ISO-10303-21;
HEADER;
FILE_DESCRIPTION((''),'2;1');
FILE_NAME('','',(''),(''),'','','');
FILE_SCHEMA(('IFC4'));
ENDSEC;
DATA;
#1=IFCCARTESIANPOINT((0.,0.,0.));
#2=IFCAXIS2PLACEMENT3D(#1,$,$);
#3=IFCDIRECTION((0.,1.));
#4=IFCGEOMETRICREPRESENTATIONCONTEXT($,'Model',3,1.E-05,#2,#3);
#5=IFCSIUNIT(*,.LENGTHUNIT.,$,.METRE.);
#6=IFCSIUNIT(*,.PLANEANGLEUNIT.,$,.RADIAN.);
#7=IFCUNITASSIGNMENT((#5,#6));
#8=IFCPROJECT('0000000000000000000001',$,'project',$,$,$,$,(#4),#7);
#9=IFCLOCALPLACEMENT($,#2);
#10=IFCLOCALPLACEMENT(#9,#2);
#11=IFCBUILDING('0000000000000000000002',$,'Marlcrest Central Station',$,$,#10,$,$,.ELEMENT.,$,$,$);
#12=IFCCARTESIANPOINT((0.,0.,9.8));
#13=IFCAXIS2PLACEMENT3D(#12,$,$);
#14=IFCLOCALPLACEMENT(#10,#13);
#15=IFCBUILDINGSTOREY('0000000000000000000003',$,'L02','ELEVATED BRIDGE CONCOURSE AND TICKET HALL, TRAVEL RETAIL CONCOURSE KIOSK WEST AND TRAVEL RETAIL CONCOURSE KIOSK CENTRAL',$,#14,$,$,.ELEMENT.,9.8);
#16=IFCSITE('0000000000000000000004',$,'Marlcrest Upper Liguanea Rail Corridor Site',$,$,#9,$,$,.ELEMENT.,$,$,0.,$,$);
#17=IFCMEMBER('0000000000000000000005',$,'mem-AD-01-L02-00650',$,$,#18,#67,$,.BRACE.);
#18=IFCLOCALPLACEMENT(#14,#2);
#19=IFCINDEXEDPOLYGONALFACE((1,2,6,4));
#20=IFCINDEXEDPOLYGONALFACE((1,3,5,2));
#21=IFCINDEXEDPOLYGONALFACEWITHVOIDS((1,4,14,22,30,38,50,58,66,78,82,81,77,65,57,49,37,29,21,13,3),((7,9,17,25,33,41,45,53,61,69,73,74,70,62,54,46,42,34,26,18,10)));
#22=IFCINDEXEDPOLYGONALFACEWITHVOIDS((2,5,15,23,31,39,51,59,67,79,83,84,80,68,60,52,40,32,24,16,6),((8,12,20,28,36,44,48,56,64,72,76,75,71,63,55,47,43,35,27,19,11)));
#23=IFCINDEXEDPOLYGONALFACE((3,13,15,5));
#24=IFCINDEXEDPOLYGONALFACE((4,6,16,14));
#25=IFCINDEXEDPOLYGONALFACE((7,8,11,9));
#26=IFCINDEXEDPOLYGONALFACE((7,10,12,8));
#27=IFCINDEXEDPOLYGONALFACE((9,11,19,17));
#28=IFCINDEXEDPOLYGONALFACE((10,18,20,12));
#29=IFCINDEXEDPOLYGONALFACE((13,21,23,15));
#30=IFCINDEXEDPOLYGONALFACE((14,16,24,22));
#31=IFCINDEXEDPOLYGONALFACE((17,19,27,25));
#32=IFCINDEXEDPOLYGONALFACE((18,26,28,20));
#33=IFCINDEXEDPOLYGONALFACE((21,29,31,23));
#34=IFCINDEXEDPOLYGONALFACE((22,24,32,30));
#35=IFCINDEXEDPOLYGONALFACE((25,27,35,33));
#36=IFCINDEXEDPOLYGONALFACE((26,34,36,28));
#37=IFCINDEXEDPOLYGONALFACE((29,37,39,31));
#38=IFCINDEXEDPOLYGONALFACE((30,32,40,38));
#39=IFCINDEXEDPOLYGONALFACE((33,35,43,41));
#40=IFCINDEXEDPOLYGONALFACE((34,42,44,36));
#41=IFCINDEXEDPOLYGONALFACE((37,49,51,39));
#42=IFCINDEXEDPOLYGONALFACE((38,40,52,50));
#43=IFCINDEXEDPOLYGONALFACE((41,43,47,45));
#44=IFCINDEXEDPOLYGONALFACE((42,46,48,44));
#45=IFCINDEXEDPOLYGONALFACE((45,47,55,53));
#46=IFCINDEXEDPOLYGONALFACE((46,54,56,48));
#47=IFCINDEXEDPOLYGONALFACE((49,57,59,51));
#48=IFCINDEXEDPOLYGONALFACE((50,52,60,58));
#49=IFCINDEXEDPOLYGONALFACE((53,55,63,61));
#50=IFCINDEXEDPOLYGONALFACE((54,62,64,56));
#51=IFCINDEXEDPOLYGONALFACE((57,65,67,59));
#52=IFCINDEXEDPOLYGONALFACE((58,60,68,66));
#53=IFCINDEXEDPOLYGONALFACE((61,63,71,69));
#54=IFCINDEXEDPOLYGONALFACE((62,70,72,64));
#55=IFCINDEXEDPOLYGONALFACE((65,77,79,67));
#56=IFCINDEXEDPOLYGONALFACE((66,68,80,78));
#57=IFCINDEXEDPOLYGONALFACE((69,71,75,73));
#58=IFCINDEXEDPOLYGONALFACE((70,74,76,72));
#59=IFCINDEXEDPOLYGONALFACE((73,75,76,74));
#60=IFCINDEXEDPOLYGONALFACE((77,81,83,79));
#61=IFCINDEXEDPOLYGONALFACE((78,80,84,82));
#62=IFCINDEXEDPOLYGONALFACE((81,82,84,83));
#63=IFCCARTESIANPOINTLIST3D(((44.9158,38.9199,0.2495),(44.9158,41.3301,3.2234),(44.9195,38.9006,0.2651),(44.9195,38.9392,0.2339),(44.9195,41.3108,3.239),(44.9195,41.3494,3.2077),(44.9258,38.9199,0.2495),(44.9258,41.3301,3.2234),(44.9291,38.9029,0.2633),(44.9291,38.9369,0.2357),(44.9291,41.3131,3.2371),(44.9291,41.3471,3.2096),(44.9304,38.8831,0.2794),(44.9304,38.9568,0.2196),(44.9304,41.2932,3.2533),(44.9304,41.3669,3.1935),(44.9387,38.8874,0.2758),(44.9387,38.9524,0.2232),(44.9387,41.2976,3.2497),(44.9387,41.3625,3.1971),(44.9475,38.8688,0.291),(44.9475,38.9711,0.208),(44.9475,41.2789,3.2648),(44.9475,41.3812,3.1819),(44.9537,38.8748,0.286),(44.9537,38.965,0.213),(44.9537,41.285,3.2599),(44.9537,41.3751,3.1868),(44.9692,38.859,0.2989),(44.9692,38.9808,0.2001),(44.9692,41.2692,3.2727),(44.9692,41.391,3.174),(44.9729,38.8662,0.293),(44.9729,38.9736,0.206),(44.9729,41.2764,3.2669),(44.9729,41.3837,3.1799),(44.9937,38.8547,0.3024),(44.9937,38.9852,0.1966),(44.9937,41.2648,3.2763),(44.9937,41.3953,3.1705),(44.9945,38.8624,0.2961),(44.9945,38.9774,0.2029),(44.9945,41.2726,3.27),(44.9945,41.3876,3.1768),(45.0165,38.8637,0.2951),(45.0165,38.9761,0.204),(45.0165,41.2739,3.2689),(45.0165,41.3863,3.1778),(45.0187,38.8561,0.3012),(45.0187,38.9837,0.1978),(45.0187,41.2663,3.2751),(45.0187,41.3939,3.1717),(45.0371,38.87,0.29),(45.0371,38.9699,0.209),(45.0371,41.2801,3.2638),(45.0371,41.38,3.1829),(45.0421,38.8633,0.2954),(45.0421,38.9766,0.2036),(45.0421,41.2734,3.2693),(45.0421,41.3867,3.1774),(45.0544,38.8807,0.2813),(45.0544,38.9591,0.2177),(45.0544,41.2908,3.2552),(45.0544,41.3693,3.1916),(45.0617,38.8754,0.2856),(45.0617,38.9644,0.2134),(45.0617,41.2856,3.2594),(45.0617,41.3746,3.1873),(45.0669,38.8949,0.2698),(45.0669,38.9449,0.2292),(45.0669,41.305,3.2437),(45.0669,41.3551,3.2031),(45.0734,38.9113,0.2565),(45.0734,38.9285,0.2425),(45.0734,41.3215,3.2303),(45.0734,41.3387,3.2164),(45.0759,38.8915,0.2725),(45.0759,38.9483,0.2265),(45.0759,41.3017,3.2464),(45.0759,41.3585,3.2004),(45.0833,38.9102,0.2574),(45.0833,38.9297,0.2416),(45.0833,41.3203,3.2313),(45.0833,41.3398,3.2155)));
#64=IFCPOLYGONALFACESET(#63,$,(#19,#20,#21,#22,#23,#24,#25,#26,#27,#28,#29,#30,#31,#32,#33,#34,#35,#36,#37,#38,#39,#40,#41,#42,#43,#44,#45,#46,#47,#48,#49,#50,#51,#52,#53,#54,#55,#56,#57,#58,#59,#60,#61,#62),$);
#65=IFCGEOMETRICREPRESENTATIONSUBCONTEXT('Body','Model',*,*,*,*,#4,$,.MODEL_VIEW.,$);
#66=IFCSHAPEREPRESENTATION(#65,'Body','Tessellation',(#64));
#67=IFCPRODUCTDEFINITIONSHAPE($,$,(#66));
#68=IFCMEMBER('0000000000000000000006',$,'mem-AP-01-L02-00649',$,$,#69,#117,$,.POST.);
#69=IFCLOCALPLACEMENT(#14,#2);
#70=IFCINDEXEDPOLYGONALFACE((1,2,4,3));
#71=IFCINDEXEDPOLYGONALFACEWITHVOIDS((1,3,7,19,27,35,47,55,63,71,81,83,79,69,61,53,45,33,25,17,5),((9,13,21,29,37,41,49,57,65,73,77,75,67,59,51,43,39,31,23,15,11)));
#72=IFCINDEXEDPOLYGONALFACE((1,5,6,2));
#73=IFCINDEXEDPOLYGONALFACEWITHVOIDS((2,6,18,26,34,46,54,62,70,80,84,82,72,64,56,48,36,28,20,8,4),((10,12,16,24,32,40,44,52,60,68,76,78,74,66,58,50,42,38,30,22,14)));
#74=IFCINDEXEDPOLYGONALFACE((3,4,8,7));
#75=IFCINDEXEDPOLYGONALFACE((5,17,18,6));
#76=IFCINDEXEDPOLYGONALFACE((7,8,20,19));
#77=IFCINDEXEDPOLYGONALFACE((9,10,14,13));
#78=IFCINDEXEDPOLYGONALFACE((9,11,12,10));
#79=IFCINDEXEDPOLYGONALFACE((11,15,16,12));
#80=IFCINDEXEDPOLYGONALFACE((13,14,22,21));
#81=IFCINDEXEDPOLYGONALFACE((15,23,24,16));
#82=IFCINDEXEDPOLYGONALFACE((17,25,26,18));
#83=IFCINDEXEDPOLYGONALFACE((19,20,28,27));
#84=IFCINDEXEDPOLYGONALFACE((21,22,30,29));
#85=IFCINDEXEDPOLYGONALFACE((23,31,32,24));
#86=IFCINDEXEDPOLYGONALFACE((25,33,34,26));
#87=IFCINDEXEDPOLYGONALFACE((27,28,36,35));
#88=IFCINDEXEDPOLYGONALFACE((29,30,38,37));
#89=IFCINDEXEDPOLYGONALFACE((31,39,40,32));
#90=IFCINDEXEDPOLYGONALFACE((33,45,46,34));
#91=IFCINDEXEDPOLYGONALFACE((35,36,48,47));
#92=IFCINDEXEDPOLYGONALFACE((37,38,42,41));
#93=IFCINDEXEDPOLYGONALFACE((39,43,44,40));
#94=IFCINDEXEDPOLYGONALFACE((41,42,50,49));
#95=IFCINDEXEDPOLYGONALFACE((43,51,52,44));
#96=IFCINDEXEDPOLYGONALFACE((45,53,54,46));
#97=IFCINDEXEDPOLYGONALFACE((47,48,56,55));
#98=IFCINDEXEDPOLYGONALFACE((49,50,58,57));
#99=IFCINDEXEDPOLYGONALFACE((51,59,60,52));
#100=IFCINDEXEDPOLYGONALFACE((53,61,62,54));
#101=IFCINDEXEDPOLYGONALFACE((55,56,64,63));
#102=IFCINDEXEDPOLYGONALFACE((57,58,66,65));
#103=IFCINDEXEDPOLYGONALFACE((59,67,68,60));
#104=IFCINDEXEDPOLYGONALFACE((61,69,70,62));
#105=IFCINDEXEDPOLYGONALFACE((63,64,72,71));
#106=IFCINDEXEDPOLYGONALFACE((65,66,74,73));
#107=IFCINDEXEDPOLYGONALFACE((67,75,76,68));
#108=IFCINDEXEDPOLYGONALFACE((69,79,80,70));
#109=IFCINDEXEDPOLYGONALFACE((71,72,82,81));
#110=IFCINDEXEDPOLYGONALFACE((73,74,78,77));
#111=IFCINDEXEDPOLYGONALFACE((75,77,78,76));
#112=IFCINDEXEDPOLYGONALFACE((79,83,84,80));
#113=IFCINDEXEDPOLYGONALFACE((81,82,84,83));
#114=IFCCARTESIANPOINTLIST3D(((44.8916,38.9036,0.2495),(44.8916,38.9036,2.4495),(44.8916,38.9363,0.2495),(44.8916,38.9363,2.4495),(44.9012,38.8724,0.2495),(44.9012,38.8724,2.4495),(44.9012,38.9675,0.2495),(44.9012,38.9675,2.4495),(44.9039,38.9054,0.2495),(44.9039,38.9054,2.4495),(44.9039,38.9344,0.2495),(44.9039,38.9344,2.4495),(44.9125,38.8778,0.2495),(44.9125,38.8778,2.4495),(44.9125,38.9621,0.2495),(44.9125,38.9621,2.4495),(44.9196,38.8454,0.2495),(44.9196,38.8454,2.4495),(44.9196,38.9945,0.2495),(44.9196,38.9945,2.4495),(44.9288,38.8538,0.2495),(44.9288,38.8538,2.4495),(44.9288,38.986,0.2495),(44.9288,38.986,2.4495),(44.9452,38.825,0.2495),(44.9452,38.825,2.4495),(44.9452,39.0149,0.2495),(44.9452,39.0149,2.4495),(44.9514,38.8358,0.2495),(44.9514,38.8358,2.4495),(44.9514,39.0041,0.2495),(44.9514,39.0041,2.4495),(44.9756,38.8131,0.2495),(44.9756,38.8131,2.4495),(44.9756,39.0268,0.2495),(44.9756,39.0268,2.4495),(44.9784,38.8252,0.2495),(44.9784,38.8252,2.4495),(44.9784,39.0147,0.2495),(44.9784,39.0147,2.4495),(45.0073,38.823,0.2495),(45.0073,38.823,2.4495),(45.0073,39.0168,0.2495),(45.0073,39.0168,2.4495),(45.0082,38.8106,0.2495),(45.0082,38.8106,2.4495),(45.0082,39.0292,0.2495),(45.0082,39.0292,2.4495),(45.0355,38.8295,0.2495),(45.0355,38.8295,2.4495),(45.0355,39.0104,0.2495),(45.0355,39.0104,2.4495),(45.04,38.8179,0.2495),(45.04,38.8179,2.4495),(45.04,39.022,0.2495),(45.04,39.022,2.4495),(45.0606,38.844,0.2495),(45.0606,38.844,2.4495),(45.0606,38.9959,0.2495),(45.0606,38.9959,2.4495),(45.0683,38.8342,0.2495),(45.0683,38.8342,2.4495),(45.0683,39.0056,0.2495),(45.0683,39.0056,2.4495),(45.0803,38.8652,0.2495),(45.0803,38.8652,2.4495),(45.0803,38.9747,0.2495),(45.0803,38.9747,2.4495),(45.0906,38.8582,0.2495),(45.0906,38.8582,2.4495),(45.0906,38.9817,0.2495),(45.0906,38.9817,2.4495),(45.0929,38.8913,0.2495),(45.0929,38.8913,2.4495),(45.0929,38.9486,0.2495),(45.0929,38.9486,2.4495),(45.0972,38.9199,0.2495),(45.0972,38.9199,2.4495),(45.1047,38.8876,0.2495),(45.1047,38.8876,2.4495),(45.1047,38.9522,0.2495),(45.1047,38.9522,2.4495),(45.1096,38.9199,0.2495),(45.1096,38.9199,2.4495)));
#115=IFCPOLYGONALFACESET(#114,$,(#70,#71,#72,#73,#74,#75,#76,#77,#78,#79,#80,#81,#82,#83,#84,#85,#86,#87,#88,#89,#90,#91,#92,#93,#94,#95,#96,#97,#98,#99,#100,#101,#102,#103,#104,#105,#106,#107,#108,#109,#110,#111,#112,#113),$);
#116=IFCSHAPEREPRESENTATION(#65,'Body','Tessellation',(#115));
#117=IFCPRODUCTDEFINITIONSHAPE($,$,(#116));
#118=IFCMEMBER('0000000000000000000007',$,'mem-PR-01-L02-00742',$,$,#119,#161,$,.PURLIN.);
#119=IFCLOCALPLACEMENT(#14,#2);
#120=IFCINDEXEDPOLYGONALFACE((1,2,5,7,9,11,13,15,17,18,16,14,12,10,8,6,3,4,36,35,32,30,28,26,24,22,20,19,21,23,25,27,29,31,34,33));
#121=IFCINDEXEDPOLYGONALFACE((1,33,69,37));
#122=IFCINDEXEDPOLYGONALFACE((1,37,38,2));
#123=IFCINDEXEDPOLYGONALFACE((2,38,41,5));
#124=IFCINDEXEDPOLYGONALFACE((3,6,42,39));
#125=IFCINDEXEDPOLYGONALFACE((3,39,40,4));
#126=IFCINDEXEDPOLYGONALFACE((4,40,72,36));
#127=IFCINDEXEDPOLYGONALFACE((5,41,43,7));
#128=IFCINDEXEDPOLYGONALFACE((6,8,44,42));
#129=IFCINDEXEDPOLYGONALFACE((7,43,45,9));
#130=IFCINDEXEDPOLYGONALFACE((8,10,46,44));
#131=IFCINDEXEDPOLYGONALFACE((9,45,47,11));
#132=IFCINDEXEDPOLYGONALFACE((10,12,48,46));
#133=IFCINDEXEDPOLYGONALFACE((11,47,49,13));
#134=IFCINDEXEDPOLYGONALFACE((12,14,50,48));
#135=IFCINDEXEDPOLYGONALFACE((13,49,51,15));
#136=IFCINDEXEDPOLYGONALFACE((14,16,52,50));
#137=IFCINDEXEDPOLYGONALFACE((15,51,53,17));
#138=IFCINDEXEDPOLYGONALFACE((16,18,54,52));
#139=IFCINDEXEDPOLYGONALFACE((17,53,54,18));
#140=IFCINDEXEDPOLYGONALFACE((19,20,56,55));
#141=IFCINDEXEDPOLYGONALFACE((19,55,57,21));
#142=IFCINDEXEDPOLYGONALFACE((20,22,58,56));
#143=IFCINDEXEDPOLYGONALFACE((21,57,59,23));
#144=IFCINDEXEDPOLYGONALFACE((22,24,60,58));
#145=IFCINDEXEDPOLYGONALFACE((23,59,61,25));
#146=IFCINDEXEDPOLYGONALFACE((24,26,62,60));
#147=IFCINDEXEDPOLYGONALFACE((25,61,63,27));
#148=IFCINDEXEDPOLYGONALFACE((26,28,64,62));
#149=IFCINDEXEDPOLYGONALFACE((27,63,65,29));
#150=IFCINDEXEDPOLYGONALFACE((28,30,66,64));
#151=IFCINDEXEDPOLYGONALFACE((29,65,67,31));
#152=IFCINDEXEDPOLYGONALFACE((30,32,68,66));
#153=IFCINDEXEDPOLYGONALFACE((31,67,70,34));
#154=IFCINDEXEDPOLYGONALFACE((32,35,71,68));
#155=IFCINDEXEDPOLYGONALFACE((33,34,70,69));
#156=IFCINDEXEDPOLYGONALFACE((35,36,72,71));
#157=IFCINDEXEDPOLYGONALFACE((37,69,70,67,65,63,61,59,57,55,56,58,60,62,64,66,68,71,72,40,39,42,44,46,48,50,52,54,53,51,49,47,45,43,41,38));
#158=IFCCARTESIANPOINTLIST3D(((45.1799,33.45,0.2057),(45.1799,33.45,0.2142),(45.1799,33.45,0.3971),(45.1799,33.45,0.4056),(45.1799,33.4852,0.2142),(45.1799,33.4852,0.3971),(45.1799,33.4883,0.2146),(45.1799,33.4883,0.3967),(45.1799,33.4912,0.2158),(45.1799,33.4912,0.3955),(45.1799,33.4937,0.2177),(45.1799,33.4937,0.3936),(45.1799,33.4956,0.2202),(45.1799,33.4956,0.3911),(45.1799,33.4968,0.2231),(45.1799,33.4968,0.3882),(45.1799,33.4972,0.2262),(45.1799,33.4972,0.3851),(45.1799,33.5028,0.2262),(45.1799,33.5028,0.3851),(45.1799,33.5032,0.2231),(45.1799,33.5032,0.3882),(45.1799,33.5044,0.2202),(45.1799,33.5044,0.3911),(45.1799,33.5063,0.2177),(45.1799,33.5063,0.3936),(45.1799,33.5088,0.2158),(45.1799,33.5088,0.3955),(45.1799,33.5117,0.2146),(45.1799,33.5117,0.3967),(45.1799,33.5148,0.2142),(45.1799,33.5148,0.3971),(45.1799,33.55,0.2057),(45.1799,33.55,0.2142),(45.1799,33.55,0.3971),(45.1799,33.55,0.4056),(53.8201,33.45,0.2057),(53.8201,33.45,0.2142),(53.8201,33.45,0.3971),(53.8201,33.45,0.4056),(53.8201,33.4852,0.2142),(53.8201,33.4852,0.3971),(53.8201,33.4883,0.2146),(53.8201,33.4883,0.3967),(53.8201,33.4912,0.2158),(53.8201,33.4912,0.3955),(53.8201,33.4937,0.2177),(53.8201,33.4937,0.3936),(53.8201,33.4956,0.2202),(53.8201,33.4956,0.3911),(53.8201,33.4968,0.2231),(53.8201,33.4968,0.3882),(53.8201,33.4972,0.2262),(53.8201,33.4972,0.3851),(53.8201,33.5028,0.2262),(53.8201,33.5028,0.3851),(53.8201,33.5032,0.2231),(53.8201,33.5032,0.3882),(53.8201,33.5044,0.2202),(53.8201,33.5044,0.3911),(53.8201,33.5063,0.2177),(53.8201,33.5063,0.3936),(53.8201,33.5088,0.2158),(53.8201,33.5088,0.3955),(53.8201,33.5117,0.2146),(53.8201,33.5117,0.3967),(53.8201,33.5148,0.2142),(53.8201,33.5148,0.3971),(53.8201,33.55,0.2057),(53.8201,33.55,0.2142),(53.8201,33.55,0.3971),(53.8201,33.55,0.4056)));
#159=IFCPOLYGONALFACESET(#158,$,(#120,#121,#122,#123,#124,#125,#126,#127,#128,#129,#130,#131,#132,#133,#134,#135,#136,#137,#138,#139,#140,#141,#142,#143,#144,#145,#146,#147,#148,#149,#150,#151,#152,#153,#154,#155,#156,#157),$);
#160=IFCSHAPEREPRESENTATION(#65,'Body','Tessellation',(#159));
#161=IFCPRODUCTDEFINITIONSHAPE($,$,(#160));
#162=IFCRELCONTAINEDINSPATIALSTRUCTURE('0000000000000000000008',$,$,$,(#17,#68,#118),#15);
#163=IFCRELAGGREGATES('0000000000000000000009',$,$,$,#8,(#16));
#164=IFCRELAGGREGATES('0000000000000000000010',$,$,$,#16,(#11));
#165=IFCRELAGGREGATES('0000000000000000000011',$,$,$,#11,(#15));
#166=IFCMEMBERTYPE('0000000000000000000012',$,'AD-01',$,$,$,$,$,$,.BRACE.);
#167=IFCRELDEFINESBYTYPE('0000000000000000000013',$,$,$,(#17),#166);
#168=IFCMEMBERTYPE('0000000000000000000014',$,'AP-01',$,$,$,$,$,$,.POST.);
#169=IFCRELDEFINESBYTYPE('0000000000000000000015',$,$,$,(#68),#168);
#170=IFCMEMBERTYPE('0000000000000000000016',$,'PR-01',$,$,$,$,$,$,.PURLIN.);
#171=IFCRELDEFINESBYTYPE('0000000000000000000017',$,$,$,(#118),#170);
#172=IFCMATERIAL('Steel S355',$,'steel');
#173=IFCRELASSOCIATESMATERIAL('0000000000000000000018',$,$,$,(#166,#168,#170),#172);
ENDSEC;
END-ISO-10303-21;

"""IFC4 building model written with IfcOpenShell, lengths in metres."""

from ifc_helpers import new_model, si_unit, direction, frame, origin, origin_2d, place, context, subcontext, project, spatial, hollow_circle, i_section, extrude, material, material_profile, profile_set, type_object, element, save


model = new_model("IFC4")

# Units and contexts
model_context = context("Model", 3, precision=1e-05, world=origin(), true_north=direction((0.0, 1.0)))
body_context = subcontext(model_context, "Body", "Model", "MODEL_VIEW")
ifc_project = project(units=[si_unit("LENGTHUNIT", "METRE"), si_unit("PLANEANGLEUNIT", "RADIAN")], contexts=[model_context])

# Site, building, storey
site_placement = place(None, origin())
site = spatial("IfcSite", under=ifc_project, at=site_placement, Name="Marlcrest Upper Liguanea Rail Corridor Site", CompositionType="ELEMENT", RefElevation=0.0)
building_placement = place(site_placement, origin())
building = spatial("IfcBuilding", under=site, at=building_placement, Name="Marlcrest Central Station", CompositionType="ELEMENT")
storey_placement = place(building_placement, frame((0.0, 0.0, 9.8)))
storey = spatial("IfcBuildingStorey", under=building, at=storey_placement, Name="L02", Description="ELEVATED BRIDGE CONCOURSE AND TICKET HALL, TRAVEL RETAIL CONCOURSE KIOSK WEST AND TRAVEL RETAIL CONCOURSE KIOSK CENTRAL", CompositionType="ELEMENT", Elevation=9.8)

# Members
ifc_material_1 = material(Name="Steel S355", Category="steel")
ifc_material_profile_1 = material_profile(ifc_material_1, hollow_circle(Radius=0.0842, WallThickness=0.01, at=origin_2d()), Name="CHS 168.3x10")
ifc_profile_set_1 = profile_set([ifc_material_profile_1], Name="Steel S355")
member_type_1 = type_object("IfcMemberType", Name="AD-01", PredefinedType="BRACE", material=ifc_profile_set_1)
member_1_placement = place(storey_placement, frame((45.0, 38.9199, 0.2495), z_axis=(0.0, 0.629629, 0.776896), x_axis=(-1.0, 0.0, 0.0)))
element("IfcMember", 1, at=member_1_placement, inside=storey, type_object=member_type_1, Name="mem-AD-01-L02-00650", PredefinedType="BRACE", context=body_context, shape_type="SweptSolid", body=[
    extrude(hollow_circle(Radius=0.0842, WallThickness=0.01, at=origin_2d()), origin(), (0.0, 0.0, 1.0), 3.8279),
])
ifc_material_profile_2 = material_profile(ifc_material_1, hollow_circle(Radius=0.1096, WallThickness=0.0125, at=origin_2d()), Name="CHS 219.1x12.5")
ifc_profile_set_2 = profile_set([ifc_material_profile_2], Name="Steel S355")
member_type_2 = type_object("IfcMemberType", Name="AP-01", PredefinedType="POST", material=ifc_profile_set_2)
member_2_placement = place(storey_placement, frame((45.0, 38.9199, 0.2495), z_axis=(0.0, 0.0, 1.0), x_axis=(1.0, 0.0, 0.0)))
element("IfcMember", 2, at=member_2_placement, inside=storey, type_object=member_type_2, Name="mem-AP-01-L02-00649", PredefinedType="POST", context=body_context, shape_type="SweptSolid", body=[
    extrude(hollow_circle(Radius=0.1096, WallThickness=0.0125, at=origin_2d()), origin(), (0.0, 0.0, 1.0), 2.2),
])
ifc_material_profile_3 = material_profile(ifc_material_1, i_section(OverallWidth=0.1001, OverallDepth=0.2, WebThickness=0.0056, FlangeThickness=0.0085, FilletRadius=0.012, at=origin_2d()), Name="IPE 200")
ifc_profile_set_3 = profile_set([ifc_material_profile_3], Name="Steel S355")
member_type_3 = type_object("IfcMemberType", Name="PR-01", PredefinedType="PURLIN", material=ifc_profile_set_3)
for number, where, z_axis, x_axis, name in (
    (3, (45.1799, 33.5, 0.3057), (1.0, 0.0, 0.0), (0.0, 1.0, 0.0), "mem-PR-01-L02-00742"),
):
    element("IfcMember", number, at=place(storey_placement, frame(where, z_axis=z_axis, x_axis=x_axis)), inside=storey, type_object=member_type_3, Name=name, PredefinedType="PURLIN", context=body_context, shape_type="SweptSolid", body=[
        extrude(i_section(OverallWidth=0.1001, OverallDepth=0.2, WebThickness=0.0056, FlangeThickness=0.0085, FilletRadius=0.012, at=origin_2d()), origin(), (0.0, 0.0, 1.0), 8.6401),
    ])

save(model, "model.ifc")
